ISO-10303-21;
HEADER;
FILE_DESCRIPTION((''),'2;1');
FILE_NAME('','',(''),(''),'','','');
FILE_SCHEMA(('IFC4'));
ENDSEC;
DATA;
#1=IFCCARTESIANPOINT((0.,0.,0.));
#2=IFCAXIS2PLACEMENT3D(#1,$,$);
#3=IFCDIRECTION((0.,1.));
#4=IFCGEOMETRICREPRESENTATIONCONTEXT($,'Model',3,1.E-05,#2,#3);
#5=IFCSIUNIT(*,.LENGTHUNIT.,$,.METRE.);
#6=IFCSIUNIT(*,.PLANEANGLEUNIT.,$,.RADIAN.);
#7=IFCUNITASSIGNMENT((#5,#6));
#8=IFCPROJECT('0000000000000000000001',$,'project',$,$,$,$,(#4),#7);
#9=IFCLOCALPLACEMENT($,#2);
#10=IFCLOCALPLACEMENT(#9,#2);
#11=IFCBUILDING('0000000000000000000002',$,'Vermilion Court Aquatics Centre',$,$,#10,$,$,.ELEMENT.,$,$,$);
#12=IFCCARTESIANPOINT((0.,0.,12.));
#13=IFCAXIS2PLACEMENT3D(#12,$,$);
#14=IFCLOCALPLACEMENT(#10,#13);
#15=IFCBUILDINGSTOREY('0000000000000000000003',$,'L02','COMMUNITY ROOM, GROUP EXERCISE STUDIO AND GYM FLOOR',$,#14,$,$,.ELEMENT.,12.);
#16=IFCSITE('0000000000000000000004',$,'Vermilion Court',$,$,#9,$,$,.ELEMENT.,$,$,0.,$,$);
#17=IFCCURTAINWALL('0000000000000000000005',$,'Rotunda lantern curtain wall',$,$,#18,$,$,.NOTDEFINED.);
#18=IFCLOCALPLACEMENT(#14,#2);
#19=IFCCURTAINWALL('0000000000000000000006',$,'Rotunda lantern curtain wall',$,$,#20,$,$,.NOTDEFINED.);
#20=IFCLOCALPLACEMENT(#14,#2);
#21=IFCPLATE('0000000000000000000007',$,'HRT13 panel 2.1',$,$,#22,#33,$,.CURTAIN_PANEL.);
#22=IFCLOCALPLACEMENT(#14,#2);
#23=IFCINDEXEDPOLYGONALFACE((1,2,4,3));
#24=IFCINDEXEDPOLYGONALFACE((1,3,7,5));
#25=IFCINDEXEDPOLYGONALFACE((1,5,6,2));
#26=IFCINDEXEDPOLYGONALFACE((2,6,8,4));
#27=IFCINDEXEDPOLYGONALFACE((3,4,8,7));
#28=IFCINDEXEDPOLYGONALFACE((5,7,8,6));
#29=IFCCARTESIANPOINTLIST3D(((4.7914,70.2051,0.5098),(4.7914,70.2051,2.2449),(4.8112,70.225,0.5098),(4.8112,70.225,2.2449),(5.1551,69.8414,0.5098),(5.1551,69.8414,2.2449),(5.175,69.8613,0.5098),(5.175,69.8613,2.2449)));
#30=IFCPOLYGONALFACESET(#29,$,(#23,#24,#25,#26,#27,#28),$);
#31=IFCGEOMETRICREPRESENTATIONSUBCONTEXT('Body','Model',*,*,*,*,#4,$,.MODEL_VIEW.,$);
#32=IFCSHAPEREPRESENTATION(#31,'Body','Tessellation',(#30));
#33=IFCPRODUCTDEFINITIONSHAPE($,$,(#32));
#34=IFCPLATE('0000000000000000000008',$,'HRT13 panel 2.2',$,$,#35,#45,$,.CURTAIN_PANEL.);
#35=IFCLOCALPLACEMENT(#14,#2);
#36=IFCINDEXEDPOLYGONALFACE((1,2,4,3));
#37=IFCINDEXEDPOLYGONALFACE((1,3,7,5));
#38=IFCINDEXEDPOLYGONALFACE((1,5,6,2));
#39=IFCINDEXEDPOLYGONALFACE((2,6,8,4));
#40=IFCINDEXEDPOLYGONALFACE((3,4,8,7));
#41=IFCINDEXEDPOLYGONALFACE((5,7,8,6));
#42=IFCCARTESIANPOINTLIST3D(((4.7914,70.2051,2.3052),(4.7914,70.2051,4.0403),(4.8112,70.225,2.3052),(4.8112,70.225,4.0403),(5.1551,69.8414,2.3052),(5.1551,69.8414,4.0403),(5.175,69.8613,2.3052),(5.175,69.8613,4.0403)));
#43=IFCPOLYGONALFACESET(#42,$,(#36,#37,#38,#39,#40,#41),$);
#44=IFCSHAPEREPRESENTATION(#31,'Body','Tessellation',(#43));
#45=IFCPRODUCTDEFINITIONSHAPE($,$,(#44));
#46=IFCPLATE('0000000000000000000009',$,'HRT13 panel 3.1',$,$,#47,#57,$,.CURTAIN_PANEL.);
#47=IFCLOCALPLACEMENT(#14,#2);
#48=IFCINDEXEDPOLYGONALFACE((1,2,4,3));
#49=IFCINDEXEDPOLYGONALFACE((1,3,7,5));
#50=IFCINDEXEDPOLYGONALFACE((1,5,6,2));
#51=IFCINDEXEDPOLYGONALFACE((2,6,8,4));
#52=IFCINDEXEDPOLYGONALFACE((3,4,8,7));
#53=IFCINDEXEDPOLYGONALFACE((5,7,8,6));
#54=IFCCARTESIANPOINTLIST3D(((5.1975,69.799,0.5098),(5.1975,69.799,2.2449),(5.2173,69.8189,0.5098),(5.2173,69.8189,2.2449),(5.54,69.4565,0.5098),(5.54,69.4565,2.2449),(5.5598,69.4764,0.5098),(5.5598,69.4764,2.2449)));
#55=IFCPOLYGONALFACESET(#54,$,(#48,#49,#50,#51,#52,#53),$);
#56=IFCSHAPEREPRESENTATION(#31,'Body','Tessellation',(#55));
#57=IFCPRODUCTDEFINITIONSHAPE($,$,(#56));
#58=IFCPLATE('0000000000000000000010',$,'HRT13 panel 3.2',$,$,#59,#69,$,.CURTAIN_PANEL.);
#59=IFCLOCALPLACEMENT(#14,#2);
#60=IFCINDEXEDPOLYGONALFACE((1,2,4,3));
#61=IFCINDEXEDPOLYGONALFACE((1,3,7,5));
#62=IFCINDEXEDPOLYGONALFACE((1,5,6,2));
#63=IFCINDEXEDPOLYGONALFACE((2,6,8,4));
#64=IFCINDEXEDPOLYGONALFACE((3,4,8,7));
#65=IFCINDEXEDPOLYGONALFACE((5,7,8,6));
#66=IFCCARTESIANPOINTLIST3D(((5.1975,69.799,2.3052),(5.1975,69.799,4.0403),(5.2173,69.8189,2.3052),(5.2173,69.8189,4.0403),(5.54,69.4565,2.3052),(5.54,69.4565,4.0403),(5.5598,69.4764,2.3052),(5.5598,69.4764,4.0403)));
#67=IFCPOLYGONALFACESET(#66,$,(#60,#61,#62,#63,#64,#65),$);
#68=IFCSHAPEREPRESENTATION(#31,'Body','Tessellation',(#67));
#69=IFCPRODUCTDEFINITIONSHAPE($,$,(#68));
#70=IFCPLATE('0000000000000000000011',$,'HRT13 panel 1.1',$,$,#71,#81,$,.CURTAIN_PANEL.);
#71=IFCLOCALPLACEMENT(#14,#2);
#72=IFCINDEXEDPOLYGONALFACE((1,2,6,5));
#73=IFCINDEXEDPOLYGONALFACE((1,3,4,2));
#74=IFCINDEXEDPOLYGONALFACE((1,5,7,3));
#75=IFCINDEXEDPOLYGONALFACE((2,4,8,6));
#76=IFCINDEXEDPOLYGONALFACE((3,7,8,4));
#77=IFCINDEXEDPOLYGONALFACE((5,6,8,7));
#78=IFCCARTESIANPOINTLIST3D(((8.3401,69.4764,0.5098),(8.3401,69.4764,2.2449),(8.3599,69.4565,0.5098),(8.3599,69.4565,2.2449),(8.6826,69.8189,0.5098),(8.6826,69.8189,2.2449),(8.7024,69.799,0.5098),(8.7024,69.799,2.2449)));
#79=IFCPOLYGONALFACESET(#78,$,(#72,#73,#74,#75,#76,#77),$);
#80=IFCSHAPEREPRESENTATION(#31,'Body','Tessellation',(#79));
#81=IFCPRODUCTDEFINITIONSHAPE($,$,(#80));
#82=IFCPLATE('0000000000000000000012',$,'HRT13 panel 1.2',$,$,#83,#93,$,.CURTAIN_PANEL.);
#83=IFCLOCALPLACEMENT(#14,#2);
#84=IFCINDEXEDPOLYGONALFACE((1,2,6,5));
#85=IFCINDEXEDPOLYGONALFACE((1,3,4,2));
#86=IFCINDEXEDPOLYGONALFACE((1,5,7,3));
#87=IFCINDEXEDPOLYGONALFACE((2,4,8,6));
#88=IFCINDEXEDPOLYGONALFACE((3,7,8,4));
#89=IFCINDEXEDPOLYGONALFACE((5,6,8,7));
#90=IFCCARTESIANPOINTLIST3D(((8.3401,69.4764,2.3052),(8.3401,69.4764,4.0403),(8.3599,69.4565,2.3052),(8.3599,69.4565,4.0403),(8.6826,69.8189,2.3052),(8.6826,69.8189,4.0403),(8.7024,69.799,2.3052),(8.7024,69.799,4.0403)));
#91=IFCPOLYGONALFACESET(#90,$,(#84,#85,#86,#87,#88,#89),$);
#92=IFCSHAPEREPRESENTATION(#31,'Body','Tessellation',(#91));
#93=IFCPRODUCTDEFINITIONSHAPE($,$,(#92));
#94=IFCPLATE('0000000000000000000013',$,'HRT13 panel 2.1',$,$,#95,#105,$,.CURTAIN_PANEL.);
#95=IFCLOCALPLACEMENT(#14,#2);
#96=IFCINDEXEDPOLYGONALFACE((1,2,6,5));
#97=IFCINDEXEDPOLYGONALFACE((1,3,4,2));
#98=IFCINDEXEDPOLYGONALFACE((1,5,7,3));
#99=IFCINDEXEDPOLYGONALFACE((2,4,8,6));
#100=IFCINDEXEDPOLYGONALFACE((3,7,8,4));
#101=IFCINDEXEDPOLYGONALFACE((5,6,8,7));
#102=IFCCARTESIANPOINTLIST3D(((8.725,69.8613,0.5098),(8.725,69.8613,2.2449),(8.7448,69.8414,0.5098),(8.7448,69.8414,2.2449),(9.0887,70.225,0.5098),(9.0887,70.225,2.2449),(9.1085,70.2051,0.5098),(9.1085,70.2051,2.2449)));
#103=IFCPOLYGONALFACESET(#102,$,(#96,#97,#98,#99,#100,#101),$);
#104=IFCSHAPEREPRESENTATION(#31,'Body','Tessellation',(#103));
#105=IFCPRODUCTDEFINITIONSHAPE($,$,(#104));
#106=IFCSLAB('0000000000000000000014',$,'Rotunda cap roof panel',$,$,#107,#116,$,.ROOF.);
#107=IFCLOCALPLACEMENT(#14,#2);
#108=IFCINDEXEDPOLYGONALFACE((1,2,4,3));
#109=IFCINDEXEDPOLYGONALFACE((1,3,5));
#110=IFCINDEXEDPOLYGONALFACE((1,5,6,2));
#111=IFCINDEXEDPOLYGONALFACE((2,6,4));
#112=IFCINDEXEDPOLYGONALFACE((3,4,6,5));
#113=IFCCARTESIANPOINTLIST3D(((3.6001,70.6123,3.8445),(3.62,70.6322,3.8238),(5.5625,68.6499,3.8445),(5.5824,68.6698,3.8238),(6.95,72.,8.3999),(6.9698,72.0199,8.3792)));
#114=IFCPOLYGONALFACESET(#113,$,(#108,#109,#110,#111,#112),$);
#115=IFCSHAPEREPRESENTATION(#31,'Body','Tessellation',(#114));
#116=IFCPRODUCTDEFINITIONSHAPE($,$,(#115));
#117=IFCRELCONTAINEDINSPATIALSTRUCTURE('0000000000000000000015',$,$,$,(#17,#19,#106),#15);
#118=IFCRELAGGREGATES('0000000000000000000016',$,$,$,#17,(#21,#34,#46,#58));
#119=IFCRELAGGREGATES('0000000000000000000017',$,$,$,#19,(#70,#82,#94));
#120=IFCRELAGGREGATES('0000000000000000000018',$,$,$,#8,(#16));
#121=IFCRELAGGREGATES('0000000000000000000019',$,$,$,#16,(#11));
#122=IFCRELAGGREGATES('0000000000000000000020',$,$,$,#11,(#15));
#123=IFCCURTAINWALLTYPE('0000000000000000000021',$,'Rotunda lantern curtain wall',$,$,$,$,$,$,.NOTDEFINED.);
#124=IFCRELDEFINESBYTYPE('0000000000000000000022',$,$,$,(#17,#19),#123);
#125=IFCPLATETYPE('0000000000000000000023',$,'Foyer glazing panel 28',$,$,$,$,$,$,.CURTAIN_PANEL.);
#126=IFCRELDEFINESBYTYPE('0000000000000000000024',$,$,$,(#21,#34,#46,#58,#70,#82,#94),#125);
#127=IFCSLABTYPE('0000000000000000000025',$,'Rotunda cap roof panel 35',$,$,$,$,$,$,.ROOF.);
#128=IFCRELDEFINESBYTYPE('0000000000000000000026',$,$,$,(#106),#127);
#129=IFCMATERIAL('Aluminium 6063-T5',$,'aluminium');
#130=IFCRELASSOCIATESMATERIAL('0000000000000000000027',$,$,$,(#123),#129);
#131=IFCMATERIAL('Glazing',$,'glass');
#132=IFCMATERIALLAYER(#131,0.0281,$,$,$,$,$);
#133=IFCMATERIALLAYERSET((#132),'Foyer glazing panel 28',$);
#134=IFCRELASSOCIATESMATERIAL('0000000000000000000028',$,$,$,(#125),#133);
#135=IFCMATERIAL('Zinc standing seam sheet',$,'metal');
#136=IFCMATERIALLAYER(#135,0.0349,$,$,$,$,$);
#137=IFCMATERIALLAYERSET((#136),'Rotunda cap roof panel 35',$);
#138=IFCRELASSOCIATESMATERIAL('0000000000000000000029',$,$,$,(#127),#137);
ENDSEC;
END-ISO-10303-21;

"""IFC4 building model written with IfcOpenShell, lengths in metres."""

from ifc_helpers import new_model, si_unit, direction, frame, origin, origin_2d, place, context, subcontext, project, spatial, polyline, rectangle, outline, extrude, material, layer, layer_set, type_object, element, aggregate, save


model = new_model("IFC4")

# Units and contexts
model_context = context("Model", 3, precision=1e-05, world=origin(), true_north=direction((0.0, 1.0)))
body_context = subcontext(model_context, "Body", "Model", "MODEL_VIEW")
ifc_project = project(units=[si_unit("LENGTHUNIT", "METRE"), si_unit("PLANEANGLEUNIT", "RADIAN")], contexts=[model_context])

# Site, building, storey
site_placement = place(None, origin())
site = spatial("IfcSite", under=ifc_project, at=site_placement, Name="Vermilion Court", CompositionType="ELEMENT", RefElevation=0.0)
building_placement = place(site_placement, origin())
building = spatial("IfcBuilding", under=site, at=building_placement, Name="Vermilion Court Aquatics Centre", CompositionType="ELEMENT")
storey_placement = place(building_placement, frame((0.0, 0.0, 12.0)))
storey = spatial("IfcBuildingStorey", under=building, at=storey_placement, Name="L02", Description="COMMUNITY ROOM, GROUP EXERCISE STUDIO AND GYM FLOOR", CompositionType="ELEMENT", Elevation=12.0)

# Shared definitions
ifc_material_1 = material(Name="Aluminium 6063-T5", Category="aluminium")
curtain_wall_type = type_object("IfcCurtainWallType", Name="Rotunda lantern curtain wall", PredefinedType="NOTDEFINED", material=ifc_material_1)

# Curtain wall
curtain_wall_1_placement = place(storey_placement, origin())
curtain_wall_1 = element("IfcCurtainWall", 1, at=curtain_wall_1_placement, inside=storey, type_object=curtain_wall_type, Name="Rotunda lantern curtain wall", PredefinedType="NOTDEFINED")

# Curtain wall
curtain_wall_2_placement = place(storey_placement, origin())
curtain_wall_2 = element("IfcCurtainWall", 2, at=curtain_wall_2_placement, inside=storey, type_object=curtain_wall_type, Name="Rotunda lantern curtain wall", PredefinedType="NOTDEFINED")

# Plates
ifc_material_2 = material(Name="Glazing", Category="glass")
ifc_layer_1 = layer(ifc_material_2, 0.0281)
ifc_layer_set_1 = layer_set([ifc_layer_1], Name="Foyer glazing panel 28")
plate_type = type_object("IfcPlateType", Name="Foyer glazing panel 28", PredefinedType="CURTAIN_PANEL", material=ifc_layer_set_1)
plate_1_placement = place(storey_placement, frame((4.9832, 70.0332, 0.5098), z_axis=(0.0, 0.0, 1.0), x_axis=(0.707107, -0.707107, 0.0)))
plate_1 = element("IfcPlate", 3, at=plate_1_placement, type_object=plate_type, Name="HRT13 panel 2.1", PredefinedType="CURTAIN_PANEL", context=body_context, shape_type="SweptSolid", body=[
    extrude(rectangle(XDim=0.5144, YDim=0.0281, at=origin_2d()), origin(), (0.0, 0.0, 1.0), 1.7351),
])
plate_2_placement = place(storey_placement, frame((4.9832, 70.0332, 2.3052), z_axis=(0.0, 0.0, 1.0), x_axis=(0.707107, -0.707107, 0.0)))
plate_2 = element("IfcPlate", 4, at=plate_2_placement, type_object=plate_type, Name="HRT13 panel 2.2", PredefinedType="CURTAIN_PANEL", context=body_context, shape_type="SweptSolid", body=[
    extrude(rectangle(XDim=0.5144, YDim=0.0281, at=origin_2d()), origin(), (0.0, 0.0, 1.0), 1.7351),
])
plate_3_placement = place(storey_placement, frame((5.3787, 69.6377, 0.5098), z_axis=(0.0, 0.0, 1.0), x_axis=(0.707107, -0.707107, 0.0)))
plate_3 = element("IfcPlate", 5, at=plate_3_placement, type_object=plate_type, Name="HRT13 panel 3.1", PredefinedType="CURTAIN_PANEL", context=body_context, shape_type="SweptSolid", body=[
    extrude(rectangle(XDim=0.4844, YDim=0.0281, at=origin_2d()), origin(), (0.0, 0.0, 1.0), 1.7351),
])
plate_4_placement = place(storey_placement, frame((5.3787, 69.6377, 2.3052), z_axis=(0.0, 0.0, 1.0), x_axis=(0.707107, -0.707107, 0.0)))
plate_4 = element("IfcPlate", 6, at=plate_4_placement, type_object=plate_type, Name="HRT13 panel 3.2", PredefinedType="CURTAIN_PANEL", context=body_context, shape_type="SweptSolid", body=[
    extrude(rectangle(XDim=0.4844, YDim=0.0281, at=origin_2d()), origin(), (0.0, 0.0, 1.0), 1.7351),
])
aggregate(curtain_wall_1, [plate_1, plate_2, plate_3, plate_4])
plate_5_placement = place(storey_placement, frame((8.5212, 69.6377, 0.5098), z_axis=(0.0, 0.0, 1.0), x_axis=(0.707107, 0.707107, 0.0)))
plate_5 = element("IfcPlate", 7, at=plate_5_placement, type_object=plate_type, Name="HRT13 panel 1.1", PredefinedType="CURTAIN_PANEL", context=body_context, shape_type="SweptSolid", body=[
    extrude(rectangle(XDim=0.4844, YDim=0.0281, at=origin_2d()), origin(), (0.0, 0.0, 1.0), 1.7351),
])
plate_6_placement = place(storey_placement, frame((8.5212, 69.6377, 2.3052), z_axis=(0.0, 0.0, 1.0), x_axis=(0.707107, 0.707107, 0.0)))
plate_6 = element("IfcPlate", 8, at=plate_6_placement, type_object=plate_type, Name="HRT13 panel 1.2", PredefinedType="CURTAIN_PANEL", context=body_context, shape_type="SweptSolid", body=[
    extrude(rectangle(XDim=0.4844, YDim=0.0281, at=origin_2d()), origin(), (0.0, 0.0, 1.0), 1.7351),
])
plate_7_placement = place(storey_placement, frame((8.9167, 70.0332, 0.5098), z_axis=(0.0, 0.0, 1.0), x_axis=(0.707107, 0.707107, 0.0)))
plate_7 = element("IfcPlate", 9, at=plate_7_placement, type_object=plate_type, Name="HRT13 panel 2.1", PredefinedType="CURTAIN_PANEL", context=body_context, shape_type="SweptSolid", body=[
    extrude(rectangle(XDim=0.5144, YDim=0.0281, at=origin_2d()), origin(), (0.0, 0.0, 1.0), 1.7351),
])
aggregate(curtain_wall_2, [plate_5, plate_6, plate_7])

# Slab
ifc_material_3 = material(Name="Zinc standing seam sheet", Category="metal")
ifc_layer_2 = layer(ifc_material_3, 0.0349)
ifc_layer_set_2 = layer_set([ifc_layer_2], Name="Rotunda cap roof panel 35")
slab_type = type_object("IfcSlabType", Name="Rotunda cap roof panel 35", PredefinedType="ROOF", material=ifc_layer_set_2)
slab_placement = place(storey_placement, frame((3.6001, 70.6123, 3.8445), z_axis=(-0.569659, -0.569659, 0.592434), x_axis=(0.707107, -0.707107, 0.0)))
element("IfcSlab", 10, at=slab_placement, inside=storey, type_object=slab_type, Name="Rotunda cap roof panel", PredefinedType="ROOF", context=body_context, shape_type="SweptSolid", body=[
    extrude(outline(polyline([(0.0, 0.0), (2.7753, 0.0), (1.3875, 5.6546), (0.0, 0.0)])), origin(), (0.0, 0.0, -1.0), 0.0349),
])

save(model, "model.ifc")
